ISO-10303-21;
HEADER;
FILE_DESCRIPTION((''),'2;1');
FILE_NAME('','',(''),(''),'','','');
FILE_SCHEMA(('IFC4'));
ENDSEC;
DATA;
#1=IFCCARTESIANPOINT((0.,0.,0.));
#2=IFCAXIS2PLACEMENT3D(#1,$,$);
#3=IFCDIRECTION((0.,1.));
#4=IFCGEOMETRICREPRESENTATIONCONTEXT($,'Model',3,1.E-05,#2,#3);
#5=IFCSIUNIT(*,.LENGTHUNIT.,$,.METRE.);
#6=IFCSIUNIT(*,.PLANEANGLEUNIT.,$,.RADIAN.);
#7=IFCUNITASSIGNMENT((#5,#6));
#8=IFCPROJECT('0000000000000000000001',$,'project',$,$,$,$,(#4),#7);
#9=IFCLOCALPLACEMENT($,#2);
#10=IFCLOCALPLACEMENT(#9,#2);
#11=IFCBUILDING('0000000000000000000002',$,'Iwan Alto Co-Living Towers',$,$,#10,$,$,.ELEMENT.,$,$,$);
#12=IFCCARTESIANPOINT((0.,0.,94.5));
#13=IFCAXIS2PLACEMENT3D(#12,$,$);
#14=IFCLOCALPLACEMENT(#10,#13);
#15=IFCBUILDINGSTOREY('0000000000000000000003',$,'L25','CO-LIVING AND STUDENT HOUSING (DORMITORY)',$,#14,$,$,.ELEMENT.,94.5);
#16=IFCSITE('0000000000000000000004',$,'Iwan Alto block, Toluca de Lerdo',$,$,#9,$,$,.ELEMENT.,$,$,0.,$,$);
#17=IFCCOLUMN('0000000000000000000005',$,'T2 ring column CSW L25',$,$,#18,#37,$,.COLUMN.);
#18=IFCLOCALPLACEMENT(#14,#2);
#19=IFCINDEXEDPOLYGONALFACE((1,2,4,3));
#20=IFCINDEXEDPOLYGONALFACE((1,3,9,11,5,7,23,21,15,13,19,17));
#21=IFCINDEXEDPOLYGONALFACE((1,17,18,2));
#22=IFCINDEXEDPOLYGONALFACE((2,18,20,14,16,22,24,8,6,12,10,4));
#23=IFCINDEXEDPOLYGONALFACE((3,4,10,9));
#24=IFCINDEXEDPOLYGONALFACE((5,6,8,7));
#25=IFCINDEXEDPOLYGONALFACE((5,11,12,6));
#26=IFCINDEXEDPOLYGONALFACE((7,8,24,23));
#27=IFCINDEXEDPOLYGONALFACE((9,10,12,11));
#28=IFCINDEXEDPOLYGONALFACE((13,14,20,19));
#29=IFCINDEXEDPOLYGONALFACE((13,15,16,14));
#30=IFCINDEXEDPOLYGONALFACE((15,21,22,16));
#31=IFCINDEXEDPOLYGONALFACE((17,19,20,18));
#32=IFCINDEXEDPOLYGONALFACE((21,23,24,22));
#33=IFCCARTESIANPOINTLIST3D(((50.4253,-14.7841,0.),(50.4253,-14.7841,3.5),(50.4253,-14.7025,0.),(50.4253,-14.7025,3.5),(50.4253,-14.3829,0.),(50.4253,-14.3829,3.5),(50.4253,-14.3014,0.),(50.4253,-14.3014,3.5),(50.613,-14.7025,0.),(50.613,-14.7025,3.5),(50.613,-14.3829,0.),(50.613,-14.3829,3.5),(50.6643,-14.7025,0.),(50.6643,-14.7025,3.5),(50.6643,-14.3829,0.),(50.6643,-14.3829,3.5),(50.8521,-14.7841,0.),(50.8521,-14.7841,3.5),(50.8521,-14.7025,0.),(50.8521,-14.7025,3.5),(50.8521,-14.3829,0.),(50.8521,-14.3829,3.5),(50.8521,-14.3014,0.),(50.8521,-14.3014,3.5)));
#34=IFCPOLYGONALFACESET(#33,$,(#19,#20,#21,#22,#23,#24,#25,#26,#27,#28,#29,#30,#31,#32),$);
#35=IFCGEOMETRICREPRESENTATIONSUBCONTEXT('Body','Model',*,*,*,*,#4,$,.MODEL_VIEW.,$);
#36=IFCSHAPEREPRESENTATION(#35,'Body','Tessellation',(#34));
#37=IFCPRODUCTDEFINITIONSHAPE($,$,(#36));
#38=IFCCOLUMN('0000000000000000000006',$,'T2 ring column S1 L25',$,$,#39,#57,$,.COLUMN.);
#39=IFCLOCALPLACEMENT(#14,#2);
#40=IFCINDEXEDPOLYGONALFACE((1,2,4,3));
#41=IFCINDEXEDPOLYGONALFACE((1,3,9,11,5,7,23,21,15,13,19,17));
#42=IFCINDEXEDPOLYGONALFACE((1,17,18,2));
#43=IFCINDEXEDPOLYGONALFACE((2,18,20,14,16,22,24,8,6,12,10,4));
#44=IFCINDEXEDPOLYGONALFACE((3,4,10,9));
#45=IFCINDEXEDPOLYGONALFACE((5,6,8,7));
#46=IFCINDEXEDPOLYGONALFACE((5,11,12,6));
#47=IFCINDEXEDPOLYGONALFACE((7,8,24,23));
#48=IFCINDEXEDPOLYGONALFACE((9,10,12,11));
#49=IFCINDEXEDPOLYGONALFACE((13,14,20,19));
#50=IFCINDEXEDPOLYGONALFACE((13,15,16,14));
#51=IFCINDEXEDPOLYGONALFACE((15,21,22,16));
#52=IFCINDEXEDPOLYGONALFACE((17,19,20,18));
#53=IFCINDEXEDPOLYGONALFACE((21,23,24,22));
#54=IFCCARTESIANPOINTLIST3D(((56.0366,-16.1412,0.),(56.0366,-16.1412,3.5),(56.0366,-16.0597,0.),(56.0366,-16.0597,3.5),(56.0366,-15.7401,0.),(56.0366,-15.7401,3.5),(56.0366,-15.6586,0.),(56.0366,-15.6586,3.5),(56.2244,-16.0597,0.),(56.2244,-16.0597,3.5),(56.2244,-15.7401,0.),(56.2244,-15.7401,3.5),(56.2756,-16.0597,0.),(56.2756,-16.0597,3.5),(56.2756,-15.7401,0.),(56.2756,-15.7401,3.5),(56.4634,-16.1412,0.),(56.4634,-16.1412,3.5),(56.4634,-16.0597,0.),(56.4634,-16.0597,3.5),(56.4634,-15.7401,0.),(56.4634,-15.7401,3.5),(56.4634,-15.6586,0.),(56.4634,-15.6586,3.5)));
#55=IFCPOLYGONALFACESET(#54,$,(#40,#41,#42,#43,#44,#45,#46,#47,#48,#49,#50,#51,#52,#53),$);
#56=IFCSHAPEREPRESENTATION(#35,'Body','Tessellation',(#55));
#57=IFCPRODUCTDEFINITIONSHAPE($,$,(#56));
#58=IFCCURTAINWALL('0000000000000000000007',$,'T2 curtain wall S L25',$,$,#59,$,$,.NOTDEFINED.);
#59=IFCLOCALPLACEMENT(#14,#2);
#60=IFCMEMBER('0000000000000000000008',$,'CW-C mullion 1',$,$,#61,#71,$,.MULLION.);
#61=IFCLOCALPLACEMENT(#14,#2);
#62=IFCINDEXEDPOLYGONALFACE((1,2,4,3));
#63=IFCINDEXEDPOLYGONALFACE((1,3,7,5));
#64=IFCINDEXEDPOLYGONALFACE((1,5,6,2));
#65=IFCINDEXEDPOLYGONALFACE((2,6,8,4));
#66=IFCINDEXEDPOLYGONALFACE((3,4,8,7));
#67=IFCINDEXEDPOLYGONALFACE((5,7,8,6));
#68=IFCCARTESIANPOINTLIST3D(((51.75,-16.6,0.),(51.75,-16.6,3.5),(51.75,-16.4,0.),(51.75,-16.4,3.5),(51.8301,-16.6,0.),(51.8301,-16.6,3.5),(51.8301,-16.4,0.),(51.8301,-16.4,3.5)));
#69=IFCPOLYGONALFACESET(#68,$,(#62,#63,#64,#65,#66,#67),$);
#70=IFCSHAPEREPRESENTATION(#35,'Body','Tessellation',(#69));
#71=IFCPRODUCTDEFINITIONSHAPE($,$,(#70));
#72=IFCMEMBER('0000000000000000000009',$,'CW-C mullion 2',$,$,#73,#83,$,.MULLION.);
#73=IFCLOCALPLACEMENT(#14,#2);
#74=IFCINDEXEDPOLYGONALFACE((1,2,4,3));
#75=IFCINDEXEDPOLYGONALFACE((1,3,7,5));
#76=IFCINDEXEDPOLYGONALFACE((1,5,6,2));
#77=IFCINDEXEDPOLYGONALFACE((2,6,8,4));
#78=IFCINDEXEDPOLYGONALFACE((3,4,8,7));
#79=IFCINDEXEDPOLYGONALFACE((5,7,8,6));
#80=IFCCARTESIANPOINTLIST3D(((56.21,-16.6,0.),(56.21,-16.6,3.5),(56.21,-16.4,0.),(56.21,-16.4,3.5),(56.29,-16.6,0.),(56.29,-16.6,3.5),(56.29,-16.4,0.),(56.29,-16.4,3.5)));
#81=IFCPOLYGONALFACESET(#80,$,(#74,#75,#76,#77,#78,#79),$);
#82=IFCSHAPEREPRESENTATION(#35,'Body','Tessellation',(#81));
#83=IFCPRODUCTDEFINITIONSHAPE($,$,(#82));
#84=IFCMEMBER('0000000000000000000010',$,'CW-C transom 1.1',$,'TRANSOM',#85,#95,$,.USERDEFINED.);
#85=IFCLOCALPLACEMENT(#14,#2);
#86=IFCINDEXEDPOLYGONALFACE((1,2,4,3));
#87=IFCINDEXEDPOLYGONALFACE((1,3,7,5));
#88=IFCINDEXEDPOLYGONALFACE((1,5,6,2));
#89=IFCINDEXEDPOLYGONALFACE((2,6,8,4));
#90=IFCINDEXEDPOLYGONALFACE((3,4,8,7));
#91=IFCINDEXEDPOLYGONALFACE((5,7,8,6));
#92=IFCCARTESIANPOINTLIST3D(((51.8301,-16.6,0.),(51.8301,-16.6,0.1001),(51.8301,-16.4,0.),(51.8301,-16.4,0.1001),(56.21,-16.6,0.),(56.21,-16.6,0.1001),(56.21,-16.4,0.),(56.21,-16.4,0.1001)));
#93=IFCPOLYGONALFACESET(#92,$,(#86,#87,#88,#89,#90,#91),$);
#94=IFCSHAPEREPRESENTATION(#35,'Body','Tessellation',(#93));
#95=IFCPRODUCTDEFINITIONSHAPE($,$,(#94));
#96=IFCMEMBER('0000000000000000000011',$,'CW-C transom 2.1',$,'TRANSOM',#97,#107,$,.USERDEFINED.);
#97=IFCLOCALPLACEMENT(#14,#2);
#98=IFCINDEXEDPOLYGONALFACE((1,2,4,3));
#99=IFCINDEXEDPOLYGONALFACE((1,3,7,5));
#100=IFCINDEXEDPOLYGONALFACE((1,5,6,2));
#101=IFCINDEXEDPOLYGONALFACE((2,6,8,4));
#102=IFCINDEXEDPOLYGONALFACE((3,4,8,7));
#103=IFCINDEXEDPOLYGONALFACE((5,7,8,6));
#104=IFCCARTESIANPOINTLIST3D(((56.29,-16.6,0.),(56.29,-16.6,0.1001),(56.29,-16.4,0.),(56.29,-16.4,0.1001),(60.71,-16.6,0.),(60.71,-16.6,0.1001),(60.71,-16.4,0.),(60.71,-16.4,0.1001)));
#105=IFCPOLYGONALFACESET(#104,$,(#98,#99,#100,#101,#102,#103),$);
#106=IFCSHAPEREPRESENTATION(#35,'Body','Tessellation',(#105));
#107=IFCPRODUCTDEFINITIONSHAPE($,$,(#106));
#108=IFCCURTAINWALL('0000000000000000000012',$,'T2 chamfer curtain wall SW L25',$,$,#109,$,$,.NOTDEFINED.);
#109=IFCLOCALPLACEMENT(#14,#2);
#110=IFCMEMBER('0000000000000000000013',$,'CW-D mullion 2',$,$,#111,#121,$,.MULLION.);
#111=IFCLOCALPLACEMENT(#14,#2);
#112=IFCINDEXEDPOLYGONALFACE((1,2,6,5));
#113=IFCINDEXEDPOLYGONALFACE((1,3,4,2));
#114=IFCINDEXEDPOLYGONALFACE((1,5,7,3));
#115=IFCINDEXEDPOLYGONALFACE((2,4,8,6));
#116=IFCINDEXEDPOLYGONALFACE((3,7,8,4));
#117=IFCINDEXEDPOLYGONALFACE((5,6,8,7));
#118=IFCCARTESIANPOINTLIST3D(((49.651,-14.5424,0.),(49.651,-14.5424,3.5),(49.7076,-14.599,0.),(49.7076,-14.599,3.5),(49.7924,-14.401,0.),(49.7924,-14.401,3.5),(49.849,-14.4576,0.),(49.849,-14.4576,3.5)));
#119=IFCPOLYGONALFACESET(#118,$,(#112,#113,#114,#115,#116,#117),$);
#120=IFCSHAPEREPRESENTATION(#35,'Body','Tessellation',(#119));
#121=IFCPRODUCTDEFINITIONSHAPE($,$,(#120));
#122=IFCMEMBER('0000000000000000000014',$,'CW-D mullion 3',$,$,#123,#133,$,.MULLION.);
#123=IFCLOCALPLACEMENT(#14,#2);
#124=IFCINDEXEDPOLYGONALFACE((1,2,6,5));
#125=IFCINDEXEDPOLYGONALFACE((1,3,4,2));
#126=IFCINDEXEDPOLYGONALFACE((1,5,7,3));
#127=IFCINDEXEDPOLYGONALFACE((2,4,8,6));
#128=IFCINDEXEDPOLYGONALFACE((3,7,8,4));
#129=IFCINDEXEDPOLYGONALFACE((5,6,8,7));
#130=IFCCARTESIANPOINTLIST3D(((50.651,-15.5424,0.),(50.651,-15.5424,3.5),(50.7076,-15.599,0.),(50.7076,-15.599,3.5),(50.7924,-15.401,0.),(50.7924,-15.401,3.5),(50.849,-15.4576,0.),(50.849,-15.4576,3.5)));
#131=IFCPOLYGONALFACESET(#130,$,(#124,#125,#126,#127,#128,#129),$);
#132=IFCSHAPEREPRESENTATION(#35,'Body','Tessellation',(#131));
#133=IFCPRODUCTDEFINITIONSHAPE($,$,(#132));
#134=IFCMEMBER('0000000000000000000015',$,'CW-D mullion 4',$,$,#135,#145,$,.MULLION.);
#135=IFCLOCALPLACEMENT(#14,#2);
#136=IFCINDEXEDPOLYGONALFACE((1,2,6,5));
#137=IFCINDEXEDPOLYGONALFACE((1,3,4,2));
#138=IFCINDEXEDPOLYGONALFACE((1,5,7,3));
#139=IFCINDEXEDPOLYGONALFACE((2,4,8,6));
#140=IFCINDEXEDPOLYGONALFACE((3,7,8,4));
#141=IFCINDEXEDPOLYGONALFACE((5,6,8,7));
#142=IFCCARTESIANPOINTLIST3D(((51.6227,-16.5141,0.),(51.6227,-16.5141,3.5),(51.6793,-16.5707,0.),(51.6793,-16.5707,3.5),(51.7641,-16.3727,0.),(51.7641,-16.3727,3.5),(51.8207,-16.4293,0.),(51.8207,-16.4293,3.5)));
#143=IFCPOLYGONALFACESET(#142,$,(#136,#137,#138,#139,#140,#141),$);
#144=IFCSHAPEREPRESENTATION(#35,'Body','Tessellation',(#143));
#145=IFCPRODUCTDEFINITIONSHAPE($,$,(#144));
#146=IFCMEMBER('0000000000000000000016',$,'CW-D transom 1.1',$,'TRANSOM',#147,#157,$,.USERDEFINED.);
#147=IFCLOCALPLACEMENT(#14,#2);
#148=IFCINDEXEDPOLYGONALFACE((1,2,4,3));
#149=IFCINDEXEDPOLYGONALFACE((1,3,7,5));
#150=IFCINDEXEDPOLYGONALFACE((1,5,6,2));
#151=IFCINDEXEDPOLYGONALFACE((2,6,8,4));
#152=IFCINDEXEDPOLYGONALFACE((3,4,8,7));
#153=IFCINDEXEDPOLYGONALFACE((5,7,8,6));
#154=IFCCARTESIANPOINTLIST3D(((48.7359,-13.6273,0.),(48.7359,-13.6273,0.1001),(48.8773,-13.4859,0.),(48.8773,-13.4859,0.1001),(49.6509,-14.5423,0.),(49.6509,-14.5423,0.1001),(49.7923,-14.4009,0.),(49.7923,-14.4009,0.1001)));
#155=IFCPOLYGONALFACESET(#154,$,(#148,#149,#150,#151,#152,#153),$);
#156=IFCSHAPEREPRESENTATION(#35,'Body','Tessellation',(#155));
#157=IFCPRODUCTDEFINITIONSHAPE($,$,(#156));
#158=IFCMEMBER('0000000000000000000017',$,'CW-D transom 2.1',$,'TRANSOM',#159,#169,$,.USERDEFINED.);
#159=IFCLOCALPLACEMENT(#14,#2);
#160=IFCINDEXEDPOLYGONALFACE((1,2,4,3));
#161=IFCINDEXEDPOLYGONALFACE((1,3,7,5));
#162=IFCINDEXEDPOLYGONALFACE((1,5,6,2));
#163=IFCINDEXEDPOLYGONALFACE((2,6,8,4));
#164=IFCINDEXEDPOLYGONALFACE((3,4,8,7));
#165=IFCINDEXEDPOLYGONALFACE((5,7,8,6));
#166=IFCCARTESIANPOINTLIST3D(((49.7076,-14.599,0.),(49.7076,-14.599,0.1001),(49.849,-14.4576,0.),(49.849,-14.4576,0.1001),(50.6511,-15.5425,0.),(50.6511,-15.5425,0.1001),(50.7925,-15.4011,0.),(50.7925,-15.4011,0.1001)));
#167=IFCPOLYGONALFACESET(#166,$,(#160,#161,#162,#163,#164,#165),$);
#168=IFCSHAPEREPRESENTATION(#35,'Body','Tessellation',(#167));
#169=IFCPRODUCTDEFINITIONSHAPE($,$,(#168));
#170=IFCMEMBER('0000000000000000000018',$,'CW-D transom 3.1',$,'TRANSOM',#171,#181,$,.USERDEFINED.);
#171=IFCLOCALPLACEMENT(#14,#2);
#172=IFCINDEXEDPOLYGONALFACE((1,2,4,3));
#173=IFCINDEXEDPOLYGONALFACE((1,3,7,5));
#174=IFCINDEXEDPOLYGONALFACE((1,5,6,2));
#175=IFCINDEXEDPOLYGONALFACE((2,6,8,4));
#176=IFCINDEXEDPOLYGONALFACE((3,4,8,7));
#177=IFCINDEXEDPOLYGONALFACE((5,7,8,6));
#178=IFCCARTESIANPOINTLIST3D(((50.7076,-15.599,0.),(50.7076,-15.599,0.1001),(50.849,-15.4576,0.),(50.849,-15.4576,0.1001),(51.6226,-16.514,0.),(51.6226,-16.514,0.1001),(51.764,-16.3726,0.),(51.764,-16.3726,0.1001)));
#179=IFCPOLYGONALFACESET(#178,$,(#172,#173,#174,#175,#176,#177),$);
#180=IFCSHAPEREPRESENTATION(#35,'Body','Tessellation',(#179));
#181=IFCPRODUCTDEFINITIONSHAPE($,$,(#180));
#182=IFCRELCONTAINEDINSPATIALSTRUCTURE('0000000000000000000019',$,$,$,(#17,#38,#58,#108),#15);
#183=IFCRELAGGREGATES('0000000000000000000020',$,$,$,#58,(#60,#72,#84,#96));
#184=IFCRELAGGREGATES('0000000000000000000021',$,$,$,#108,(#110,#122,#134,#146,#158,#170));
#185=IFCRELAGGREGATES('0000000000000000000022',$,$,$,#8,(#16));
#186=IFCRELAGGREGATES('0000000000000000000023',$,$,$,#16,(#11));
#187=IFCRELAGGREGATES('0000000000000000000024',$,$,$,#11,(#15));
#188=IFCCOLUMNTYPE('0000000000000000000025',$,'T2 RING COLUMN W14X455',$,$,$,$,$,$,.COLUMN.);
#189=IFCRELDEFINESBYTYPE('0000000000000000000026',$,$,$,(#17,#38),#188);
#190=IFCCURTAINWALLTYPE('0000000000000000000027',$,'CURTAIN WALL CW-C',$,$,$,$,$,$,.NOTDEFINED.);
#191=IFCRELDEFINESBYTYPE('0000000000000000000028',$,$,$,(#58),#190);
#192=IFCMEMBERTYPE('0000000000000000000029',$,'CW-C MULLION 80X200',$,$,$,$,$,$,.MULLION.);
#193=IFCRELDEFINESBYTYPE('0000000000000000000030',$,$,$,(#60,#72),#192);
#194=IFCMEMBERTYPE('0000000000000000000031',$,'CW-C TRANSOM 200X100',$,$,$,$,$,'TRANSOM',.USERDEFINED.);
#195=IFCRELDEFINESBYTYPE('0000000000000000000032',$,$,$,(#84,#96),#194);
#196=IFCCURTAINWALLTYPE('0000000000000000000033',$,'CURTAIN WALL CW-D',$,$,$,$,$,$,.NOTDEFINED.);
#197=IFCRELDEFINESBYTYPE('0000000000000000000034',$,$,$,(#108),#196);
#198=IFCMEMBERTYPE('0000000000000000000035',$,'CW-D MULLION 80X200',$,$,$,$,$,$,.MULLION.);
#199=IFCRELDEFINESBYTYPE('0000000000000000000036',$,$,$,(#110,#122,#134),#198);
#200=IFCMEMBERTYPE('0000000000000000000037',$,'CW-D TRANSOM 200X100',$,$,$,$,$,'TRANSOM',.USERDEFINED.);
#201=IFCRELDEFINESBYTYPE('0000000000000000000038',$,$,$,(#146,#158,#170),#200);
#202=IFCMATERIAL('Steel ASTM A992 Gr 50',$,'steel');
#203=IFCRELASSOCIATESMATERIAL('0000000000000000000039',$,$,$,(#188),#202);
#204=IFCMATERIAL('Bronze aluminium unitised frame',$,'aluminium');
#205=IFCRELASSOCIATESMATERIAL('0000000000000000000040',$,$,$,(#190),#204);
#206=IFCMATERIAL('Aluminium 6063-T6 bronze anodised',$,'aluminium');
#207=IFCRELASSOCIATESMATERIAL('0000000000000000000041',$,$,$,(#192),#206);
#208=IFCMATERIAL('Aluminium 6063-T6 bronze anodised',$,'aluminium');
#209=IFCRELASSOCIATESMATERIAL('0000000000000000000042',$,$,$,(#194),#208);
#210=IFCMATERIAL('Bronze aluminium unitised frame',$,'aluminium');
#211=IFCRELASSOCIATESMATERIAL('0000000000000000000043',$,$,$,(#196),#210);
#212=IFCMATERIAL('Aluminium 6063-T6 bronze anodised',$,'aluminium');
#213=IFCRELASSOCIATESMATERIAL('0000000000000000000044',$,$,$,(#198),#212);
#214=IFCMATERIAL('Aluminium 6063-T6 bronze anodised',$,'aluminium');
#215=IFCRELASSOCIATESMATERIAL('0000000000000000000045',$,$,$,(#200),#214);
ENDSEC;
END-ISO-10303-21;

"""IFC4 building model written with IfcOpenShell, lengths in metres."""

from ifc_helpers import new_model, si_unit, direction, frame, origin, origin_2d, place, context, subcontext, project, spatial, rectangle, i_section, extrude, material, material_profile, profile_set, type_object, element, aggregate, save


model = new_model("IFC4")

# Units and contexts
model_context = context("Model", 3, precision=1e-05, world=origin(), true_north=direction((0.0, 1.0)))
body_context = subcontext(model_context, "Body", "Model", "MODEL_VIEW")
ifc_project = project(units=[si_unit("LENGTHUNIT", "METRE"), si_unit("PLANEANGLEUNIT", "RADIAN")], contexts=[model_context])

# Site, building, storey
site_placement = place(None, origin())
site = spatial("IfcSite", under=ifc_project, at=site_placement, Name="Iwan Alto block, Toluca de Lerdo", CompositionType="ELEMENT", RefElevation=0.0)
building_placement = place(site_placement, origin())
building = spatial("IfcBuilding", under=site, at=building_placement, Name="Iwan Alto Co-Living Towers", CompositionType="ELEMENT")
storey_placement = place(building_placement, frame((0.0, 0.0, 94.5)))
storey = spatial("IfcBuildingStorey", under=building, at=storey_placement, Name="L25", Description="CO-LIVING AND STUDENT HOUSING (DORMITORY)", CompositionType="ELEMENT", Elevation=94.5)

# Columns
ifc_material_1 = material(Name="Steel ASTM A992 Gr 50", Category="steel")
ifc_material_profile_1 = material_profile(ifc_material_1, i_section(OverallWidth=0.4268, OverallDepth=0.4827, WebThickness=0.0513, FlangeThickness=0.0815, at=origin_2d()), Name="W14X455")
ifc_profile_set_1 = profile_set([ifc_material_profile_1], Name="Steel ASTM A992 Gr 50")
column_type = type_object("IfcColumnType", Name="T2 RING COLUMN W14X455", PredefinedType="COLUMN", material=ifc_profile_set_1)
for number, where, z_axis, x_axis, name in (
    (1, (50.6387, -14.5427, 0.0), (0.0, 0.0, 1.0), (1.0, 0.0, 0.0), "T2 ring column CSW L25"),
    (2, (56.25, -15.8999, 0.0), (0.0, 0.0, 1.0), (1.0, 0.0, 0.0), "T2 ring column S1 L25"),
):
    element("IfcColumn", number, at=place(storey_placement, frame(where, z_axis=z_axis, x_axis=x_axis)), inside=storey, type_object=column_type, Name=name, PredefinedType="COLUMN", context=body_context, shape_type="SweptSolid", body=[
        extrude(i_section(OverallWidth=0.4268, OverallDepth=0.4827, WebThickness=0.0513, FlangeThickness=0.0815, at=origin_2d()), origin(), (0.0, 0.0, 1.0), 3.5),
    ])

# Curtain walls, members
ifc_material_2 = material(Name="Bronze aluminium unitised frame", Category="aluminium")
curtain_wall_type_1 = type_object("IfcCurtainWallType", Name="CURTAIN WALL CW-C", PredefinedType="NOTDEFINED", material=ifc_material_2)
curtain_wall_1_placement = place(storey_placement, origin())
curtain_wall_1 = element("IfcCurtainWall", 3, at=curtain_wall_1_placement, inside=storey, type_object=curtain_wall_type_1, Name="T2 curtain wall S L25", PredefinedType="NOTDEFINED")
ifc_material_3 = material(Name="Aluminium 6063-T6 bronze anodised", Category="aluminium")
ifc_material_profile_2 = material_profile(ifc_material_3, rectangle(XDim=0.2, YDim=0.0801, at=origin_2d()), Name="AL 80X200")
ifc_profile_set_2 = profile_set([ifc_material_profile_2], Name="Aluminium 6063-T6 bronze anodised")
member_type_1 = type_object("IfcMemberType", Name="CW-C MULLION 80X200", PredefinedType="MULLION", material=ifc_profile_set_2)
member_1_placement = place(storey_placement, frame((51.79, -16.5, 0.0), z_axis=(0.0, 0.0, 1.0), x_axis=(0.0, 1.0, 0.0)))
member_1 = element("IfcMember", 4, at=member_1_placement, type_object=member_type_1, Name="CW-C mullion 1", PredefinedType="MULLION", context=body_context, shape_type="SweptSolid", body=[
    extrude(rectangle(XDim=0.2, YDim=0.0801, at=origin_2d()), origin(), (0.0, 0.0, 1.0), 3.5),
])
member_2_placement = place(storey_placement, frame((56.25, -16.5, 0.0), z_axis=(0.0, 0.0, 1.0), x_axis=(0.0, 1.0, 0.0)))
member_2 = element("IfcMember", 5, at=member_2_placement, type_object=member_type_1, Name="CW-C mullion 2", PredefinedType="MULLION", context=body_context, shape_type="SweptSolid", body=[
    extrude(rectangle(XDim=0.2, YDim=0.0801, at=origin_2d()), origin(), (0.0, 0.0, 1.0), 3.5),
])
ifc_material_4 = material(Name="Aluminium 6063-T6 bronze anodised", Category="aluminium")
ifc_material_profile_3 = material_profile(ifc_material_4, rectangle(XDim=0.2, YDim=0.1001, at=origin_2d()), Name="AL 200X100")
ifc_profile_set_3 = profile_set([ifc_material_profile_3], Name="Aluminium 6063-T6 bronze anodised")
member_type_2 = type_object("IfcMemberType", Name="CW-C TRANSOM 200X100", ElementType="TRANSOM", PredefinedType="USERDEFINED", material=ifc_profile_set_3)
member_3_placement = place(storey_placement, frame((51.8301, -16.5, 0.05), z_axis=(1.0, 0.0, 0.0), x_axis=(0.0, 1.0, 0.0)))
member_3 = element("IfcMember", 6, at=member_3_placement, type_object=member_type_2, Name="CW-C transom 1.1", ObjectType="TRANSOM", PredefinedType="USERDEFINED", context=body_context, shape_type="SweptSolid", body=[
    extrude(rectangle(XDim=0.2, YDim=0.1001, at=origin_2d()), origin(), (0.0, 0.0, 1.0), 4.3799),
])
member_4_placement = place(storey_placement, frame((56.29, -16.5, 0.05), z_axis=(1.0, 0.0, 0.0), x_axis=(0.0, 1.0, 0.0)))
member_4 = element("IfcMember", 7, at=member_4_placement, type_object=member_type_2, Name="CW-C transom 2.1", ObjectType="TRANSOM", PredefinedType="USERDEFINED", context=body_context, shape_type="SweptSolid", body=[
    extrude(rectangle(XDim=0.2, YDim=0.1001, at=origin_2d()), origin(), (0.0, 0.0, 1.0), 4.4199),
])
ifc_material_5 = material(Name="Bronze aluminium unitised frame", Category="aluminium")
curtain_wall_type_2 = type_object("IfcCurtainWallType", Name="CURTAIN WALL CW-D", PredefinedType="NOTDEFINED", material=ifc_material_5)
curtain_wall_2_placement = place(storey_placement, origin())
curtain_wall_2 = element("IfcCurtainWall", 8, at=curtain_wall_2_placement, inside=storey, type_object=curtain_wall_type_2, Name="T2 chamfer curtain wall SW L25", PredefinedType="NOTDEFINED")
ifc_material_6 = material(Name="Aluminium 6063-T6 bronze anodised", Category="aluminium")
ifc_material_profile_4 = material_profile(ifc_material_6, rectangle(XDim=0.2, YDim=0.0801, at=origin_2d()), Name="AL 80X200")
ifc_profile_set_4 = profile_set([ifc_material_profile_4], Name="Aluminium 6063-T6 bronze anodised")
member_type_3 = type_object("IfcMemberType", Name="CW-D MULLION 80X200", PredefinedType="MULLION", material=ifc_profile_set_4)
member_5_placement = place(storey_placement, frame((49.75, -14.5, 0.0), z_axis=(0.0, 0.0, 1.0), x_axis=(0.707107, 0.707107, 0.0)))
member_5 = element("IfcMember", 9, at=member_5_placement, type_object=member_type_3, Name="CW-D mullion 2", PredefinedType="MULLION", context=body_context, shape_type="SweptSolid", body=[
    extrude(rectangle(XDim=0.2, YDim=0.0801, at=origin_2d()), origin(), (0.0, 0.0, 1.0), 3.5),
])
member_6_placement = place(storey_placement, frame((50.75, -15.5, 0.0), z_axis=(0.0, 0.0, 1.0), x_axis=(0.707107, 0.707107, 0.0)))
member_6 = element("IfcMember", 10, at=member_6_placement, type_object=member_type_3, Name="CW-D mullion 3", PredefinedType="MULLION", context=body_context, shape_type="SweptSolid", body=[
    extrude(rectangle(XDim=0.2, YDim=0.0801, at=origin_2d()), origin(), (0.0, 0.0, 1.0), 3.5),
])
member_7_placement = place(storey_placement, frame((51.7217, -16.4717, 0.0), z_axis=(0.0, 0.0, 1.0), x_axis=(0.707107, 0.707107, 0.0)))
member_7 = element("IfcMember", 11, at=member_7_placement, type_object=member_type_3, Name="CW-D mullion 4", PredefinedType="MULLION", context=body_context, shape_type="SweptSolid", body=[
    extrude(rectangle(XDim=0.2, YDim=0.0801, at=origin_2d()), origin(), (0.0, 0.0, 1.0), 3.5),
])
ifc_material_7 = material(Name="Aluminium 6063-T6 bronze anodised", Category="aluminium")
ifc_material_profile_5 = material_profile(ifc_material_7, rectangle(XDim=0.2, YDim=0.1001, at=origin_2d()), Name="AL 200X100")
ifc_profile_set_5 = profile_set([ifc_material_profile_5], Name="Aluminium 6063-T6 bronze anodised")
member_type_4 = type_object("IfcMemberType", Name="CW-D TRANSOM 200X100", ElementType="TRANSOM", PredefinedType="USERDEFINED", material=ifc_profile_set_5)
member_8_placement = place(storey_placement, frame((48.8066, -13.5566, 0.05), z_axis=(0.707107, -0.707107, 0.0), x_axis=(0.707107, 0.707107, 0.0)))
member_8 = element("IfcMember", 12, at=member_8_placement, type_object=member_type_4, Name="CW-D transom 1.1", ObjectType="TRANSOM", PredefinedType="USERDEFINED", context=body_context, shape_type="SweptSolid", body=[
    extrude(rectangle(XDim=0.2, YDim=0.1001, at=origin_2d()), origin(), (0.0, 0.0, 1.0), 1.2939),
])
member_9_placement = place(storey_placement, frame((49.7783, -14.5283, 0.05), z_axis=(0.707107, -0.707107, 0.0), x_axis=(0.707107, 0.707107, 0.0)))
member_9 = element("IfcMember", 13, at=member_9_placement, type_object=member_type_4, Name="CW-D transom 2.1", ObjectType="TRANSOM", PredefinedType="USERDEFINED", context=body_context, shape_type="SweptSolid", body=[
    extrude(rectangle(XDim=0.2, YDim=0.1001, at=origin_2d()), origin(), (0.0, 0.0, 1.0), 1.3342),
])
member_10_placement = place(storey_placement, frame((50.7783, -15.5283, 0.05), z_axis=(0.707107, -0.707107, 0.0), x_axis=(0.707107, 0.707107, 0.0)))
member_10 = element("IfcMember", 14, at=member_10_placement, type_object=member_type_4, Name="CW-D transom 3.1", ObjectType="TRANSOM", PredefinedType="USERDEFINED", context=body_context, shape_type="SweptSolid", body=[
    extrude(rectangle(XDim=0.2, YDim=0.1001, at=origin_2d()), origin(), (0.0, 0.0, 1.0), 1.2939),
])

aggregate(curtain_wall_1, [member_1, member_2, member_3, member_4])
aggregate(curtain_wall_2, [member_5, member_6, member_7, member_8, member_9, member_10])

save(model, "model.ifc")
